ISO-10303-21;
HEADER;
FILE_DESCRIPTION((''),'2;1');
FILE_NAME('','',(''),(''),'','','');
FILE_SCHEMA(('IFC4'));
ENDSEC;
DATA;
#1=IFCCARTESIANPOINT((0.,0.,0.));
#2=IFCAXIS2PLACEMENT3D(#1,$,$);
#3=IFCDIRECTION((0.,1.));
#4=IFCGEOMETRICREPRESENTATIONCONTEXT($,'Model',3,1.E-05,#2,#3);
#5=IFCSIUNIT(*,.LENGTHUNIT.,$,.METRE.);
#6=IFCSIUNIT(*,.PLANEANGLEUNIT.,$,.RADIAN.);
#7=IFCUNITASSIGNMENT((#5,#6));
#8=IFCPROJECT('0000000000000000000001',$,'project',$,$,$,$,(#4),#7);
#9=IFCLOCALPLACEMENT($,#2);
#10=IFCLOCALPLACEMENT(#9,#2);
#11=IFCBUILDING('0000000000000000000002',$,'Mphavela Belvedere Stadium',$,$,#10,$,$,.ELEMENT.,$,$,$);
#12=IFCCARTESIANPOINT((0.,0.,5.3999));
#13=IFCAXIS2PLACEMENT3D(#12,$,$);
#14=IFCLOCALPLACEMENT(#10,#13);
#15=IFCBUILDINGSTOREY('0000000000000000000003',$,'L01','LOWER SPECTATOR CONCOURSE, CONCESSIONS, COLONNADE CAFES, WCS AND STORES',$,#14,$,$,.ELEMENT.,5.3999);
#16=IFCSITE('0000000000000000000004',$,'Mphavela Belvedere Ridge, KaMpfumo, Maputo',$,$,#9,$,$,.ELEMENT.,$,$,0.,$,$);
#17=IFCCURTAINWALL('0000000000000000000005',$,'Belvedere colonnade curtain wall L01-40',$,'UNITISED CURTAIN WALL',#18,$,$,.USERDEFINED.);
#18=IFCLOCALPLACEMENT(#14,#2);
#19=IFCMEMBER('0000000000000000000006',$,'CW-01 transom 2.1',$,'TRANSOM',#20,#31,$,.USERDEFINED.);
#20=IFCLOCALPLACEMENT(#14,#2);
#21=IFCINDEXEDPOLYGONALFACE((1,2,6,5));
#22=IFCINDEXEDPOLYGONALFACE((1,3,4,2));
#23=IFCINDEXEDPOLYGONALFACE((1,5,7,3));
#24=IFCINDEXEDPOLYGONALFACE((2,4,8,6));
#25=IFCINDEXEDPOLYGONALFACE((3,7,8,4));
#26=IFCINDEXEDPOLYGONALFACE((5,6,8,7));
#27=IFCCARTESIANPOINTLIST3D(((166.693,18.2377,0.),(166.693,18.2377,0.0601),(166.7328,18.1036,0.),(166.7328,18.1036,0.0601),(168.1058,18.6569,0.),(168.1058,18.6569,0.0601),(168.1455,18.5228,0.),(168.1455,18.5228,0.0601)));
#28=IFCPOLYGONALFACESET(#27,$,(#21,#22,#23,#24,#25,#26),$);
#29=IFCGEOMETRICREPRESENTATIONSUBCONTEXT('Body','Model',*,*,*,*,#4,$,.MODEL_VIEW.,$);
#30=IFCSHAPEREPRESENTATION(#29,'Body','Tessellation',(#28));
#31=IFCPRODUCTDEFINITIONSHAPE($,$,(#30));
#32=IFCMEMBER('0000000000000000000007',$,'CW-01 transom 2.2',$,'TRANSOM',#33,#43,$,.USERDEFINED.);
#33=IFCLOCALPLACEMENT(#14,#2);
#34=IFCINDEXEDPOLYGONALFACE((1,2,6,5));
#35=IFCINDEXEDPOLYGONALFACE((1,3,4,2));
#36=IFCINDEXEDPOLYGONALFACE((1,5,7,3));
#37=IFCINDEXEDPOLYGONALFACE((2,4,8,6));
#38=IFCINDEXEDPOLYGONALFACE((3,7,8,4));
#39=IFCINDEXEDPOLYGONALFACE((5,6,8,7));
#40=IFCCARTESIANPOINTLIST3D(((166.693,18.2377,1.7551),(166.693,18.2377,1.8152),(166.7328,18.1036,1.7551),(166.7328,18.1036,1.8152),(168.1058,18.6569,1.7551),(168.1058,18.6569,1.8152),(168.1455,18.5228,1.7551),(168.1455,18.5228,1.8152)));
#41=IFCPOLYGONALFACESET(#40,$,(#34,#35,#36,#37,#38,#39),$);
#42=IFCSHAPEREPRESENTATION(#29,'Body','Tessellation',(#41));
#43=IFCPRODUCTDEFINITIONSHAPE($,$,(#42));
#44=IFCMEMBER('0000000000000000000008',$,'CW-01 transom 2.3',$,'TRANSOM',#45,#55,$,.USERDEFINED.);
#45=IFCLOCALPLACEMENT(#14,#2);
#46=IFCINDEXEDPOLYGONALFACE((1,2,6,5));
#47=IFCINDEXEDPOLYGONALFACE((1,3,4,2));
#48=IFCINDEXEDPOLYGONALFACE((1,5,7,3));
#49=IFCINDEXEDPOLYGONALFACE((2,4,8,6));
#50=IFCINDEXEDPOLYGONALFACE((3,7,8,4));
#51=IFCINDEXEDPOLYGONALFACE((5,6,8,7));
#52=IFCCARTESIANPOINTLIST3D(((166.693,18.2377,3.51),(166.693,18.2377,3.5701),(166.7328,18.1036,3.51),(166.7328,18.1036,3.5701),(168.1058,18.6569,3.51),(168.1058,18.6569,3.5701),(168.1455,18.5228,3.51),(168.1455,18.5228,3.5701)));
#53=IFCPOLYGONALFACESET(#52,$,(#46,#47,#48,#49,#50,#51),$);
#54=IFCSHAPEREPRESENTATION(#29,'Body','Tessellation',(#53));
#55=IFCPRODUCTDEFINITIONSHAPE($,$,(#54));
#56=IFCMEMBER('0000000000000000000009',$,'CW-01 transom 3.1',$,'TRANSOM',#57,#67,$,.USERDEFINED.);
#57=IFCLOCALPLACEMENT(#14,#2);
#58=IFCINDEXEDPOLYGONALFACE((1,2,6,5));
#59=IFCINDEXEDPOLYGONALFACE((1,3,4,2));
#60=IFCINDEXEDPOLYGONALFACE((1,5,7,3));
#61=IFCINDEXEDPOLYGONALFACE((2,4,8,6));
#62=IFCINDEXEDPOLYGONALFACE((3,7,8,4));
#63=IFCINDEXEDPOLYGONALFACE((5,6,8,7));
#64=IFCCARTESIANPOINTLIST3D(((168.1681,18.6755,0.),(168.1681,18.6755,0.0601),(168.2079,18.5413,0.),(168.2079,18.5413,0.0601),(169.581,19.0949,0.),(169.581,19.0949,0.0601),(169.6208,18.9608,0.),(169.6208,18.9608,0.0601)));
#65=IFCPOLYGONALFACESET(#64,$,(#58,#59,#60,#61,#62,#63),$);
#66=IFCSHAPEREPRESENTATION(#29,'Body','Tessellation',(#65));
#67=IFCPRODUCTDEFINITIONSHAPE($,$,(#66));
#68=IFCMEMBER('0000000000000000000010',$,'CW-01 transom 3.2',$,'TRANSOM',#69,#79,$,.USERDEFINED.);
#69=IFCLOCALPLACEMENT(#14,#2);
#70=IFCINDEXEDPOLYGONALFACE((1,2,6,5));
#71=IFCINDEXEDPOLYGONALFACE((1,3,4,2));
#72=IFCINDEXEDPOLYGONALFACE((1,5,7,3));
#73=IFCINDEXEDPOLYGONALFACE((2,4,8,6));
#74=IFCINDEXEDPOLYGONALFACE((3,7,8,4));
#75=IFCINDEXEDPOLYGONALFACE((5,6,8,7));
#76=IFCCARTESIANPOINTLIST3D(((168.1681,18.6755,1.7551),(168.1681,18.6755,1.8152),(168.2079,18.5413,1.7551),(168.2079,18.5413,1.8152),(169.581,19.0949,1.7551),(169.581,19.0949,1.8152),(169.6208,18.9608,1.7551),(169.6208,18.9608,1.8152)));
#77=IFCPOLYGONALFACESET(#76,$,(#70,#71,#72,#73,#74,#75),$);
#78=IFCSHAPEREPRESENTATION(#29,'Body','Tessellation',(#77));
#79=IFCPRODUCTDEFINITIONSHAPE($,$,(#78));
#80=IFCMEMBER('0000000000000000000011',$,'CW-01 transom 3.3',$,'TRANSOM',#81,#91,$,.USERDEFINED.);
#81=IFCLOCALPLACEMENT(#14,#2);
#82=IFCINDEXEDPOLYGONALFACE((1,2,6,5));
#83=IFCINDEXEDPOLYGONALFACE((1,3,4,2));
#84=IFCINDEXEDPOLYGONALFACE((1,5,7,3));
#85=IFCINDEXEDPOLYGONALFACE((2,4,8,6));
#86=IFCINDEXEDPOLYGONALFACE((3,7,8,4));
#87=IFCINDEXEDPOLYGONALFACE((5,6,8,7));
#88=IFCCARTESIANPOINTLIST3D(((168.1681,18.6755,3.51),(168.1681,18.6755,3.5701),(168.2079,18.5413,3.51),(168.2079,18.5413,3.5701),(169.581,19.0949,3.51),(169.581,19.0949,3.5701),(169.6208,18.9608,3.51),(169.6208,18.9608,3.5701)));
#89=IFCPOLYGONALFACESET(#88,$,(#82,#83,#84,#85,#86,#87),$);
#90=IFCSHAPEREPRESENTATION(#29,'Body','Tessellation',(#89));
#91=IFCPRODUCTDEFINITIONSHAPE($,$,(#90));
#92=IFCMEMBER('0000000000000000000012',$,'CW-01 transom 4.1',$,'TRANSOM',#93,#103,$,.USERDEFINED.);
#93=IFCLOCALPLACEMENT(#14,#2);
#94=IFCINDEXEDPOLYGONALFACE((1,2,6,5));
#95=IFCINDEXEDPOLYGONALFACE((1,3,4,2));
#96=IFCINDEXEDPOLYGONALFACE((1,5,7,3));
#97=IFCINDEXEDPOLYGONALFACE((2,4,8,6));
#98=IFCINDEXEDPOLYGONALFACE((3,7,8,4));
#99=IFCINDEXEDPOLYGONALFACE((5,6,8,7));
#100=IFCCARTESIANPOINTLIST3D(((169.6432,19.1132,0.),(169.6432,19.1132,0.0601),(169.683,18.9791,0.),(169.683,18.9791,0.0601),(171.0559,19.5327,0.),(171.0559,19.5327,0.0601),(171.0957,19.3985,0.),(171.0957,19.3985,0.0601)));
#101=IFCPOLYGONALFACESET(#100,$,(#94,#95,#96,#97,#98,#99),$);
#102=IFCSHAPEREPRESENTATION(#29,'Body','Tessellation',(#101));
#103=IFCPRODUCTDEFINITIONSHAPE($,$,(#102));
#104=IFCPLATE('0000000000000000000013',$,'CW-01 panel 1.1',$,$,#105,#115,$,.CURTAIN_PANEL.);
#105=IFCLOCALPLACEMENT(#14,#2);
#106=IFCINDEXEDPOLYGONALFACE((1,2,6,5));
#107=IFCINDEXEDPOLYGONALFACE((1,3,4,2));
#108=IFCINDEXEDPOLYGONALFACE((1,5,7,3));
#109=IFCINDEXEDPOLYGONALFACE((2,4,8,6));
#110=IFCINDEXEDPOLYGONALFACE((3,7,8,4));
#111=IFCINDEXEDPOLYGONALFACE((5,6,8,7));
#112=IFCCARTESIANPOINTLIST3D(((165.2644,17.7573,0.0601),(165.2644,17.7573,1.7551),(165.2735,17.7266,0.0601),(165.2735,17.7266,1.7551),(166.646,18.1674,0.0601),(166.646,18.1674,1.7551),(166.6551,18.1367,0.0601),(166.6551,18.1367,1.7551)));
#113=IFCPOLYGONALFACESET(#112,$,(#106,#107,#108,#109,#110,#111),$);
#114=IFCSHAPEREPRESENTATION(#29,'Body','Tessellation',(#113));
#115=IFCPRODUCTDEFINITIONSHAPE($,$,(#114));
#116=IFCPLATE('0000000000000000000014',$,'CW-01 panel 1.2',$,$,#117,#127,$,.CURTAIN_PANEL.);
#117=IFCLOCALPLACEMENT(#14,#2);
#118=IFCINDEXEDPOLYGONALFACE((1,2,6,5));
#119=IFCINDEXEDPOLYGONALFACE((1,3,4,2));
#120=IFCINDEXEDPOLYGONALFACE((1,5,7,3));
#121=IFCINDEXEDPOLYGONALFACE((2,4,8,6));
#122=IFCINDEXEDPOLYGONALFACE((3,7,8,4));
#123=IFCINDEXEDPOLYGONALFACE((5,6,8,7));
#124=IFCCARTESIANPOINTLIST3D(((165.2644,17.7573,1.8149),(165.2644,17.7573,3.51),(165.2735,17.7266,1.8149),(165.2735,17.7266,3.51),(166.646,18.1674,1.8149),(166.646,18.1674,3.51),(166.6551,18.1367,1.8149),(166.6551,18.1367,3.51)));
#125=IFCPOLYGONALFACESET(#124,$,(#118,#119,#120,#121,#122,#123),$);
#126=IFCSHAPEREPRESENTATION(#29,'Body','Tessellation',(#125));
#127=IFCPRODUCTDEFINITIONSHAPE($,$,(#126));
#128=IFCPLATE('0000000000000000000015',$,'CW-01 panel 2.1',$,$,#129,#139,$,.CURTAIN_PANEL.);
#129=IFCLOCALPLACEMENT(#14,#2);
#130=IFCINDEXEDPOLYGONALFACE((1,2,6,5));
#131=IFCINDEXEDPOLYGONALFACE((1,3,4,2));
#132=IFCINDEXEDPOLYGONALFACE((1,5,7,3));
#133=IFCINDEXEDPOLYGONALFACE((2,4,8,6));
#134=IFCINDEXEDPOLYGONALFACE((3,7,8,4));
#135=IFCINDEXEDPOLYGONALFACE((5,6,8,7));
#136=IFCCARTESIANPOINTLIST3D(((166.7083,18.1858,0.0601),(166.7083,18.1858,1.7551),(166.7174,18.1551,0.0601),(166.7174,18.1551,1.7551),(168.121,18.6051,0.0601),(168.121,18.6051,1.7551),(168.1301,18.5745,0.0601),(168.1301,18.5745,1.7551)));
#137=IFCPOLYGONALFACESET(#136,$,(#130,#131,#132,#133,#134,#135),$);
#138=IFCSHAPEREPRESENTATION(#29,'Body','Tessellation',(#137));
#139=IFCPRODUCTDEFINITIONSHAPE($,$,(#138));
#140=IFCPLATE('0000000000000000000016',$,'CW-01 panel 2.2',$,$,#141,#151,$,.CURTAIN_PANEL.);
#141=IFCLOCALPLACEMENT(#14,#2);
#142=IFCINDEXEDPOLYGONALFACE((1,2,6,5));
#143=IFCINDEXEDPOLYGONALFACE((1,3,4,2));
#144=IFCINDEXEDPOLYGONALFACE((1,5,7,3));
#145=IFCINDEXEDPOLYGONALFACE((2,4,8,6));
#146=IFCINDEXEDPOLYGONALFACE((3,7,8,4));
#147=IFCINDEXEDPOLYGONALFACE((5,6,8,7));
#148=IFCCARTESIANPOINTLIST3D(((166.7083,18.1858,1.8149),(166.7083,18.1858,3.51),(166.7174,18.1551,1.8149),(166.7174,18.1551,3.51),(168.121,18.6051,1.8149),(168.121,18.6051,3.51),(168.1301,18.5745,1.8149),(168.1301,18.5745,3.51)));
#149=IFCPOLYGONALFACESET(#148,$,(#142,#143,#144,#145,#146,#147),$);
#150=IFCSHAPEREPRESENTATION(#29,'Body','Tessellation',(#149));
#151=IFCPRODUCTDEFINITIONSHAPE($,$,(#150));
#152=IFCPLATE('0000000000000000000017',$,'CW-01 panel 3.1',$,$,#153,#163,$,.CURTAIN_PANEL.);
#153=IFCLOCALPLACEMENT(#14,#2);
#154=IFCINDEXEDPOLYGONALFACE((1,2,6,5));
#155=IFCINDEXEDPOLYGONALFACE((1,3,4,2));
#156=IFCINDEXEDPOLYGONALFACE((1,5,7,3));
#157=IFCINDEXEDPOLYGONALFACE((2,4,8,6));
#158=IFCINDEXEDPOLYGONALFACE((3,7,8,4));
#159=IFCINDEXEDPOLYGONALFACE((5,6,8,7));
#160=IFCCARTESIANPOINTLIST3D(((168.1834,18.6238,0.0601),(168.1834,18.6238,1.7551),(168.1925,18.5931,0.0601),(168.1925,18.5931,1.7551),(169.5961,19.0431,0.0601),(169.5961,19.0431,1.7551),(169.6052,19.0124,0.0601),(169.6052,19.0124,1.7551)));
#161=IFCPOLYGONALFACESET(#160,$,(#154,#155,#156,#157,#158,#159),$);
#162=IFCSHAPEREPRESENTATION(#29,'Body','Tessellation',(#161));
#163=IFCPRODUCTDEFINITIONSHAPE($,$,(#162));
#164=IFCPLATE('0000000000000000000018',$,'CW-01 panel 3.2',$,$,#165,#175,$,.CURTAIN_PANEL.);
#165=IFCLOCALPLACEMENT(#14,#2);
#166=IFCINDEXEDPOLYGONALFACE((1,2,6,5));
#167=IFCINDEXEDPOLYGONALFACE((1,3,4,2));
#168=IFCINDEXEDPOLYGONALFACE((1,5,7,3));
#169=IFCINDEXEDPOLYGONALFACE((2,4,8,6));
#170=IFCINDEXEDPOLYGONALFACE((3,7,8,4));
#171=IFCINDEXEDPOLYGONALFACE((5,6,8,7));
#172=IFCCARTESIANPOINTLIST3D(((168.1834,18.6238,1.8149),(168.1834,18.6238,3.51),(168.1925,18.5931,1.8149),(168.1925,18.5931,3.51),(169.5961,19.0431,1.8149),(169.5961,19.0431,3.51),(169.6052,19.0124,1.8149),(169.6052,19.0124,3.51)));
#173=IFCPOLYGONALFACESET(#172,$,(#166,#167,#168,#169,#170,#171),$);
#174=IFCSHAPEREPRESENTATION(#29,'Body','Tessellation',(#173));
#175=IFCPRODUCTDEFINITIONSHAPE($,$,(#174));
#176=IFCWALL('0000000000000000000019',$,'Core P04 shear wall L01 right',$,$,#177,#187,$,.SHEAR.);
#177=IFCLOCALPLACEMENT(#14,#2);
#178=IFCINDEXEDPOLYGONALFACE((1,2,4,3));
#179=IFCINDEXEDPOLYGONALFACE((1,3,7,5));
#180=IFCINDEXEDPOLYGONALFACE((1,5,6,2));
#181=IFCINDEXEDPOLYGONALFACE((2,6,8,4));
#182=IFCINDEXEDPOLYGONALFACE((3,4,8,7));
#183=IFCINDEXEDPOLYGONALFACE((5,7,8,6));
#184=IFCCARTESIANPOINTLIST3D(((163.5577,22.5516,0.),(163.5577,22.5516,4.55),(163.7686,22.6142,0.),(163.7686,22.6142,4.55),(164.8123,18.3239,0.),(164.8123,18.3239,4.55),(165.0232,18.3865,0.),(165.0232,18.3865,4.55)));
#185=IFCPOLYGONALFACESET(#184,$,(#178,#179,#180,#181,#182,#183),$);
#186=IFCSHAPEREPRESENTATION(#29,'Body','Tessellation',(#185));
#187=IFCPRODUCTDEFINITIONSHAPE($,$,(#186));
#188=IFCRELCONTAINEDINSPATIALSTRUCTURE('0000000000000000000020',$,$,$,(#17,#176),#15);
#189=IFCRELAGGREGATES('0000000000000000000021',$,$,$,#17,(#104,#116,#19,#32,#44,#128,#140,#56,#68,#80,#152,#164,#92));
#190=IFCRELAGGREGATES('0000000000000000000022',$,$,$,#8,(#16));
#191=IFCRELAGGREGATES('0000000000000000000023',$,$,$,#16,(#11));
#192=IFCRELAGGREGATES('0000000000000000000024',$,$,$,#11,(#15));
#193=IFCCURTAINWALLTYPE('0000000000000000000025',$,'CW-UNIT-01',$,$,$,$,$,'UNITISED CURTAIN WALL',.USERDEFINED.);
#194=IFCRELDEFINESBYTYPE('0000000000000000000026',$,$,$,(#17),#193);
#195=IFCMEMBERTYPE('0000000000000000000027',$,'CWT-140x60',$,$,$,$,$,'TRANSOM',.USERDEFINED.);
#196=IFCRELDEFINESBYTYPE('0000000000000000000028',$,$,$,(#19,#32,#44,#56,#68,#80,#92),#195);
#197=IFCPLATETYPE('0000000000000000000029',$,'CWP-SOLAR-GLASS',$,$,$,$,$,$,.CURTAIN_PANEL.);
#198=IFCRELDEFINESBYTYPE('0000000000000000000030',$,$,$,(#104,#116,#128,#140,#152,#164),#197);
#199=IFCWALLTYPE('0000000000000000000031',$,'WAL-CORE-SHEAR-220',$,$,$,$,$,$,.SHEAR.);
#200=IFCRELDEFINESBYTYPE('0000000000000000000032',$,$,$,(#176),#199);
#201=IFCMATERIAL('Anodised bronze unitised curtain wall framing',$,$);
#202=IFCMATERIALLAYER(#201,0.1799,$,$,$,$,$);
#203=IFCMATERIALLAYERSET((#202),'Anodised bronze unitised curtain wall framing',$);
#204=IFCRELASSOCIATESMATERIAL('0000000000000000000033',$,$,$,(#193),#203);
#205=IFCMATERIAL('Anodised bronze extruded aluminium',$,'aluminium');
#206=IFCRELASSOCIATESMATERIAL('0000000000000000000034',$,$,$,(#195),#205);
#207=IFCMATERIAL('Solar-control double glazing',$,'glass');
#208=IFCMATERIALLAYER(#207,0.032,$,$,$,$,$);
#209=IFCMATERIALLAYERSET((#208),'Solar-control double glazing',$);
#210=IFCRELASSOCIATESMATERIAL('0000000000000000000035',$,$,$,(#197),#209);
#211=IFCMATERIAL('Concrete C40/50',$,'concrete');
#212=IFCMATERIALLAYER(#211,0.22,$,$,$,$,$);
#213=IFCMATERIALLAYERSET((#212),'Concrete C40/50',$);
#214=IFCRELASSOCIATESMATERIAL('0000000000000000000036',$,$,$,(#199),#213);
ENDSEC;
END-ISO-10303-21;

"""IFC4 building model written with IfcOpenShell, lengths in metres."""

from ifc_helpers import new_model, si_unit, direction, frame, frame_2d, origin, origin_2d, place, context, subcontext, project, spatial, rectangle, extrude, material, layer, layer_set, material_profile, profile_set, type_object, element, aggregate, save


model = new_model("IFC4")

# Units and contexts
model_context = context("Model", 3, precision=1e-05, world=origin(), true_north=direction((0.0, 1.0)))
body_context = subcontext(model_context, "Body", "Model", "MODEL_VIEW")
ifc_project = project(units=[si_unit("LENGTHUNIT", "METRE"), si_unit("PLANEANGLEUNIT", "RADIAN")], contexts=[model_context])

# Site, building, storey
site_placement = place(None, origin())
site = spatial("IfcSite", under=ifc_project, at=site_placement, Name="Mphavela Belvedere Ridge, KaMpfumo, Maputo", CompositionType="ELEMENT", RefElevation=0.0)
building_placement = place(site_placement, origin())
building = spatial("IfcBuilding", under=site, at=building_placement, Name="Mphavela Belvedere Stadium", CompositionType="ELEMENT")
storey_placement = place(building_placement, frame((0.0, 0.0, 5.3999)))
storey = spatial("IfcBuildingStorey", under=building, at=storey_placement, Name="L01", Description="LOWER SPECTATOR CONCOURSE, CONCESSIONS, COLONNADE CAFES, WCS AND STORES", CompositionType="ELEMENT", Elevation=5.3999)

# Curtain wall, members, plates
ifc_material_1 = material(Name="Anodised bronze unitised curtain wall framing")
ifc_layer_1 = layer(ifc_material_1, 0.1799)
ifc_layer_set_1 = layer_set([ifc_layer_1], Name="Anodised bronze unitised curtain wall framing")
curtain_wall_type = type_object("IfcCurtainWallType", Name="CW-UNIT-01", ElementType="UNITISED CURTAIN WALL", PredefinedType="USERDEFINED", material=ifc_layer_set_1)
curtain_wall_placement = place(storey_placement, origin())
curtain_wall = element("IfcCurtainWall", 1, at=curtain_wall_placement, inside=storey, type_object=curtain_wall_type, Name="Belvedere colonnade curtain wall L01-40", ObjectType="UNITISED CURTAIN WALL", PredefinedType="USERDEFINED")
ifc_material_2 = material(Name="Anodised bronze extruded aluminium", Category="aluminium")
ifc_material_profile_1 = material_profile(ifc_material_2, rectangle(XDim=0.1399, YDim=0.0601, at=origin_2d()), Name="CW-TRN 140x60")
ifc_profile_set_1 = profile_set([ifc_material_profile_1], Name="Anodised bronze extruded aluminium")
member_type_1 = type_object("IfcMemberType", Name="CWT-140x60", ElementType="TRANSOM", PredefinedType="USERDEFINED", material=ifc_profile_set_1)
member_1_placement = place(storey_placement, frame((166.7129, 18.1707, 0.03), z_axis=(0.958693, 0.284444, 0.0), x_axis=(-0.284444, 0.958693, 0.0)))
member_1 = element("IfcMember", 2, at=member_1_placement, type_object=member_type_1, Name="CW-01 transom 2.1", ObjectType="TRANSOM", PredefinedType="USERDEFINED", context=body_context, shape_type="SweptSolid", body=[
    extrude(rectangle(XDim=0.1399, YDim=0.0601, at=origin_2d()), origin(), (0.0, 0.0, 1.0), 1.4736),
])
member_2_placement = place(storey_placement, frame((166.7129, 18.1707, 1.7852), z_axis=(0.958693, 0.284444, 0.0), x_axis=(-0.284444, 0.958693, 0.0)))
member_2 = element("IfcMember", 3, at=member_2_placement, type_object=member_type_1, Name="CW-01 transom 2.2", ObjectType="TRANSOM", PredefinedType="USERDEFINED", context=body_context, shape_type="SweptSolid", body=[
    extrude(rectangle(XDim=0.1399, YDim=0.0601, at=origin_2d()), origin(), (0.0, 0.0, 1.0), 1.4736),
])
member_3_placement = place(storey_placement, frame((166.7129, 18.1707, 3.54), z_axis=(0.958693, 0.284444, 0.0), x_axis=(-0.284444, 0.958693, 0.0)))
member_3 = element("IfcMember", 4, at=member_3_placement, type_object=member_type_1, Name="CW-01 transom 2.3", ObjectType="TRANSOM", PredefinedType="USERDEFINED", context=body_context, shape_type="SweptSolid", body=[
    extrude(rectangle(XDim=0.1399, YDim=0.0601, at=origin_2d()), origin(), (0.0, 0.0, 1.0), 1.4736),
])
member_4_placement = place(storey_placement, frame((168.188, 18.6084, 0.03), z_axis=(0.958648, 0.284596, 0.0), x_axis=(-0.284596, 0.958648, 0.0)))
member_4 = element("IfcMember", 5, at=member_4_placement, type_object=member_type_1, Name="CW-01 transom 3.1", ObjectType="TRANSOM", PredefinedType="USERDEFINED", context=body_context, shape_type="SweptSolid", body=[
    extrude(rectangle(XDim=0.1399, YDim=0.0601, at=origin_2d()), origin(), (0.0, 0.0, 1.0), 1.4739),
])
member_5_placement = place(storey_placement, frame((168.188, 18.6084, 1.7852), z_axis=(0.958648, 0.284596, 0.0), x_axis=(-0.284596, 0.958648, 0.0)))
member_5 = element("IfcMember", 6, at=member_5_placement, type_object=member_type_1, Name="CW-01 transom 3.2", ObjectType="TRANSOM", PredefinedType="USERDEFINED", context=body_context, shape_type="SweptSolid", body=[
    extrude(rectangle(XDim=0.1399, YDim=0.0601, at=origin_2d()), origin(), (0.0, 0.0, 1.0), 1.4739),
])
member_6_placement = place(storey_placement, frame((168.188, 18.6084, 3.54), z_axis=(0.958648, 0.284596, 0.0), x_axis=(-0.284596, 0.958648, 0.0)))
member_6 = element("IfcMember", 7, at=member_6_placement, type_object=member_type_1, Name="CW-01 transom 3.3", ObjectType="TRANSOM", PredefinedType="USERDEFINED", context=body_context, shape_type="SweptSolid", body=[
    extrude(rectangle(XDim=0.1399, YDim=0.0601, at=origin_2d()), origin(), (0.0, 0.0, 1.0), 1.4739),
])
member_7_placement = place(storey_placement, frame((169.6631, 19.0461, 0.03), z_axis=(0.958634, 0.284641, 0.0), x_axis=(-0.284641, 0.958634, 0.0)))
member_7 = element("IfcMember", 8, at=member_7_placement, type_object=member_type_1, Name="CW-01 transom 4.1", ObjectType="TRANSOM", PredefinedType="USERDEFINED", context=body_context, shape_type="SweptSolid", body=[
    extrude(rectangle(XDim=0.1399, YDim=0.0601, at=origin_2d()), origin(), (0.0, 0.0, 1.0), 1.4736),
])
ifc_material_3 = material(Name="Solar-control double glazing", Category="glass")
ifc_layer_2 = layer(ifc_material_3, 0.032)
ifc_layer_set_2 = layer_set([ifc_layer_2], Name="Solar-control double glazing")
plate_type = type_object("IfcPlateType", Name="CWP-SOLAR-GLASS", PredefinedType="CURTAIN_PANEL", material=ifc_layer_set_2)
plate_1_placement = place(storey_placement, frame((165.9597, 17.947, 0.0601), z_axis=(0.0, 0.0, 1.0), x_axis=(0.958661, 0.284551, 0.0)))
plate_1 = element("IfcPlate", 9, at=plate_1_placement, type_object=plate_type, Name="CW-01 panel 1.1", PredefinedType="CURTAIN_PANEL", context=body_context, shape_type="SweptSolid", body=[
    extrude(rectangle(XDim=1.4412, YDim=0.032, at=origin_2d()), origin(), (0.0, 0.0, 1.0), 1.6951),
])
plate_2_placement = place(storey_placement, frame((165.9597, 17.947, 1.8149), z_axis=(0.0, 0.0, 1.0), x_axis=(0.958661, 0.284551, 0.0)))
plate_2 = element("IfcPlate", 10, at=plate_2_placement, type_object=plate_type, Name="CW-01 panel 1.2", PredefinedType="CURTAIN_PANEL", context=body_context, shape_type="SweptSolid", body=[
    extrude(rectangle(XDim=1.4412, YDim=0.032, at=origin_2d()), origin(), (0.0, 0.0, 1.0), 1.6951),
])
plate_3_placement = place(storey_placement, frame((167.4192, 18.3801, 0.0601), z_axis=(0.0, 0.0, 1.0), x_axis=(0.958661, 0.284551, 0.0)))
plate_3 = element("IfcPlate", 11, at=plate_3_placement, type_object=plate_type, Name="CW-01 panel 2.1", PredefinedType="CURTAIN_PANEL", context=body_context, shape_type="SweptSolid", body=[
    extrude(rectangle(XDim=1.4736, YDim=0.032, at=origin_2d()), origin(), (0.0, 0.0, 1.0), 1.6951),
])
plate_4_placement = place(storey_placement, frame((167.4192, 18.3801, 1.8149), z_axis=(0.0, 0.0, 1.0), x_axis=(0.958661, 0.284551, 0.0)))
plate_4 = element("IfcPlate", 12, at=plate_4_placement, type_object=plate_type, Name="CW-01 panel 2.2", PredefinedType="CURTAIN_PANEL", context=body_context, shape_type="SweptSolid", body=[
    extrude(rectangle(XDim=1.4736, YDim=0.032, at=origin_2d()), origin(), (0.0, 0.0, 1.0), 1.6951),
])
plate_5_placement = place(storey_placement, frame((168.8943, 18.8181, 0.0601), z_axis=(0.0, 0.0, 1.0), x_axis=(0.958661, 0.284551, 0.0)))
plate_5 = element("IfcPlate", 13, at=plate_5_placement, type_object=plate_type, Name="CW-01 panel 3.1", PredefinedType="CURTAIN_PANEL", context=body_context, shape_type="SweptSolid", body=[
    extrude(rectangle(XDim=1.4736, YDim=0.032, at=origin_2d()), origin(), (0.0, 0.0, 1.0), 1.6951),
])
plate_6_placement = place(storey_placement, frame((168.8943, 18.8181, 1.8149), z_axis=(0.0, 0.0, 1.0), x_axis=(0.958661, 0.284551, 0.0)))
plate_6 = element("IfcPlate", 14, at=plate_6_placement, type_object=plate_type, Name="CW-01 panel 3.2", PredefinedType="CURTAIN_PANEL", context=body_context, shape_type="SweptSolid", body=[
    extrude(rectangle(XDim=1.4736, YDim=0.032, at=origin_2d()), origin(), (0.0, 0.0, 1.0), 1.6951),
])
aggregate(curtain_wall, [plate_1, plate_2, member_1, member_2, member_3, plate_3, plate_4, member_4, member_5, member_6, plate_5, plate_6, member_7])

# Wall
ifc_material_4 = material(Name="Concrete C40/50", Category="concrete")
ifc_layer_3 = layer(ifc_material_4, 0.22)
ifc_layer_set_3 = layer_set([ifc_layer_3], Name="Concrete C40/50")
wall_type_1 = type_object("IfcWallType", Name="WAL-CORE-SHEAR-220", PredefinedType="SHEAR", material=ifc_layer_set_3)
wall_1_placement = place(storey_placement, frame((163.6631, 22.583, 0.0), z_axis=(0.0, 0.0, 1.0), x_axis=(0.284497, -0.958677, 0.0)))
element("IfcWall", 15, at=wall_1_placement, inside=storey, type_object=wall_type_1, Name="Core P04 shear wall L01 right", PredefinedType="SHEAR", context=body_context, shape_type="SweptSolid", body=[
    extrude(rectangle(XDim=4.4099, YDim=0.22, at=frame_2d((2.2051, 0.0))), origin(), (0.0, 0.0, 1.0), 4.55),
])

save(model, "model.ifc")
